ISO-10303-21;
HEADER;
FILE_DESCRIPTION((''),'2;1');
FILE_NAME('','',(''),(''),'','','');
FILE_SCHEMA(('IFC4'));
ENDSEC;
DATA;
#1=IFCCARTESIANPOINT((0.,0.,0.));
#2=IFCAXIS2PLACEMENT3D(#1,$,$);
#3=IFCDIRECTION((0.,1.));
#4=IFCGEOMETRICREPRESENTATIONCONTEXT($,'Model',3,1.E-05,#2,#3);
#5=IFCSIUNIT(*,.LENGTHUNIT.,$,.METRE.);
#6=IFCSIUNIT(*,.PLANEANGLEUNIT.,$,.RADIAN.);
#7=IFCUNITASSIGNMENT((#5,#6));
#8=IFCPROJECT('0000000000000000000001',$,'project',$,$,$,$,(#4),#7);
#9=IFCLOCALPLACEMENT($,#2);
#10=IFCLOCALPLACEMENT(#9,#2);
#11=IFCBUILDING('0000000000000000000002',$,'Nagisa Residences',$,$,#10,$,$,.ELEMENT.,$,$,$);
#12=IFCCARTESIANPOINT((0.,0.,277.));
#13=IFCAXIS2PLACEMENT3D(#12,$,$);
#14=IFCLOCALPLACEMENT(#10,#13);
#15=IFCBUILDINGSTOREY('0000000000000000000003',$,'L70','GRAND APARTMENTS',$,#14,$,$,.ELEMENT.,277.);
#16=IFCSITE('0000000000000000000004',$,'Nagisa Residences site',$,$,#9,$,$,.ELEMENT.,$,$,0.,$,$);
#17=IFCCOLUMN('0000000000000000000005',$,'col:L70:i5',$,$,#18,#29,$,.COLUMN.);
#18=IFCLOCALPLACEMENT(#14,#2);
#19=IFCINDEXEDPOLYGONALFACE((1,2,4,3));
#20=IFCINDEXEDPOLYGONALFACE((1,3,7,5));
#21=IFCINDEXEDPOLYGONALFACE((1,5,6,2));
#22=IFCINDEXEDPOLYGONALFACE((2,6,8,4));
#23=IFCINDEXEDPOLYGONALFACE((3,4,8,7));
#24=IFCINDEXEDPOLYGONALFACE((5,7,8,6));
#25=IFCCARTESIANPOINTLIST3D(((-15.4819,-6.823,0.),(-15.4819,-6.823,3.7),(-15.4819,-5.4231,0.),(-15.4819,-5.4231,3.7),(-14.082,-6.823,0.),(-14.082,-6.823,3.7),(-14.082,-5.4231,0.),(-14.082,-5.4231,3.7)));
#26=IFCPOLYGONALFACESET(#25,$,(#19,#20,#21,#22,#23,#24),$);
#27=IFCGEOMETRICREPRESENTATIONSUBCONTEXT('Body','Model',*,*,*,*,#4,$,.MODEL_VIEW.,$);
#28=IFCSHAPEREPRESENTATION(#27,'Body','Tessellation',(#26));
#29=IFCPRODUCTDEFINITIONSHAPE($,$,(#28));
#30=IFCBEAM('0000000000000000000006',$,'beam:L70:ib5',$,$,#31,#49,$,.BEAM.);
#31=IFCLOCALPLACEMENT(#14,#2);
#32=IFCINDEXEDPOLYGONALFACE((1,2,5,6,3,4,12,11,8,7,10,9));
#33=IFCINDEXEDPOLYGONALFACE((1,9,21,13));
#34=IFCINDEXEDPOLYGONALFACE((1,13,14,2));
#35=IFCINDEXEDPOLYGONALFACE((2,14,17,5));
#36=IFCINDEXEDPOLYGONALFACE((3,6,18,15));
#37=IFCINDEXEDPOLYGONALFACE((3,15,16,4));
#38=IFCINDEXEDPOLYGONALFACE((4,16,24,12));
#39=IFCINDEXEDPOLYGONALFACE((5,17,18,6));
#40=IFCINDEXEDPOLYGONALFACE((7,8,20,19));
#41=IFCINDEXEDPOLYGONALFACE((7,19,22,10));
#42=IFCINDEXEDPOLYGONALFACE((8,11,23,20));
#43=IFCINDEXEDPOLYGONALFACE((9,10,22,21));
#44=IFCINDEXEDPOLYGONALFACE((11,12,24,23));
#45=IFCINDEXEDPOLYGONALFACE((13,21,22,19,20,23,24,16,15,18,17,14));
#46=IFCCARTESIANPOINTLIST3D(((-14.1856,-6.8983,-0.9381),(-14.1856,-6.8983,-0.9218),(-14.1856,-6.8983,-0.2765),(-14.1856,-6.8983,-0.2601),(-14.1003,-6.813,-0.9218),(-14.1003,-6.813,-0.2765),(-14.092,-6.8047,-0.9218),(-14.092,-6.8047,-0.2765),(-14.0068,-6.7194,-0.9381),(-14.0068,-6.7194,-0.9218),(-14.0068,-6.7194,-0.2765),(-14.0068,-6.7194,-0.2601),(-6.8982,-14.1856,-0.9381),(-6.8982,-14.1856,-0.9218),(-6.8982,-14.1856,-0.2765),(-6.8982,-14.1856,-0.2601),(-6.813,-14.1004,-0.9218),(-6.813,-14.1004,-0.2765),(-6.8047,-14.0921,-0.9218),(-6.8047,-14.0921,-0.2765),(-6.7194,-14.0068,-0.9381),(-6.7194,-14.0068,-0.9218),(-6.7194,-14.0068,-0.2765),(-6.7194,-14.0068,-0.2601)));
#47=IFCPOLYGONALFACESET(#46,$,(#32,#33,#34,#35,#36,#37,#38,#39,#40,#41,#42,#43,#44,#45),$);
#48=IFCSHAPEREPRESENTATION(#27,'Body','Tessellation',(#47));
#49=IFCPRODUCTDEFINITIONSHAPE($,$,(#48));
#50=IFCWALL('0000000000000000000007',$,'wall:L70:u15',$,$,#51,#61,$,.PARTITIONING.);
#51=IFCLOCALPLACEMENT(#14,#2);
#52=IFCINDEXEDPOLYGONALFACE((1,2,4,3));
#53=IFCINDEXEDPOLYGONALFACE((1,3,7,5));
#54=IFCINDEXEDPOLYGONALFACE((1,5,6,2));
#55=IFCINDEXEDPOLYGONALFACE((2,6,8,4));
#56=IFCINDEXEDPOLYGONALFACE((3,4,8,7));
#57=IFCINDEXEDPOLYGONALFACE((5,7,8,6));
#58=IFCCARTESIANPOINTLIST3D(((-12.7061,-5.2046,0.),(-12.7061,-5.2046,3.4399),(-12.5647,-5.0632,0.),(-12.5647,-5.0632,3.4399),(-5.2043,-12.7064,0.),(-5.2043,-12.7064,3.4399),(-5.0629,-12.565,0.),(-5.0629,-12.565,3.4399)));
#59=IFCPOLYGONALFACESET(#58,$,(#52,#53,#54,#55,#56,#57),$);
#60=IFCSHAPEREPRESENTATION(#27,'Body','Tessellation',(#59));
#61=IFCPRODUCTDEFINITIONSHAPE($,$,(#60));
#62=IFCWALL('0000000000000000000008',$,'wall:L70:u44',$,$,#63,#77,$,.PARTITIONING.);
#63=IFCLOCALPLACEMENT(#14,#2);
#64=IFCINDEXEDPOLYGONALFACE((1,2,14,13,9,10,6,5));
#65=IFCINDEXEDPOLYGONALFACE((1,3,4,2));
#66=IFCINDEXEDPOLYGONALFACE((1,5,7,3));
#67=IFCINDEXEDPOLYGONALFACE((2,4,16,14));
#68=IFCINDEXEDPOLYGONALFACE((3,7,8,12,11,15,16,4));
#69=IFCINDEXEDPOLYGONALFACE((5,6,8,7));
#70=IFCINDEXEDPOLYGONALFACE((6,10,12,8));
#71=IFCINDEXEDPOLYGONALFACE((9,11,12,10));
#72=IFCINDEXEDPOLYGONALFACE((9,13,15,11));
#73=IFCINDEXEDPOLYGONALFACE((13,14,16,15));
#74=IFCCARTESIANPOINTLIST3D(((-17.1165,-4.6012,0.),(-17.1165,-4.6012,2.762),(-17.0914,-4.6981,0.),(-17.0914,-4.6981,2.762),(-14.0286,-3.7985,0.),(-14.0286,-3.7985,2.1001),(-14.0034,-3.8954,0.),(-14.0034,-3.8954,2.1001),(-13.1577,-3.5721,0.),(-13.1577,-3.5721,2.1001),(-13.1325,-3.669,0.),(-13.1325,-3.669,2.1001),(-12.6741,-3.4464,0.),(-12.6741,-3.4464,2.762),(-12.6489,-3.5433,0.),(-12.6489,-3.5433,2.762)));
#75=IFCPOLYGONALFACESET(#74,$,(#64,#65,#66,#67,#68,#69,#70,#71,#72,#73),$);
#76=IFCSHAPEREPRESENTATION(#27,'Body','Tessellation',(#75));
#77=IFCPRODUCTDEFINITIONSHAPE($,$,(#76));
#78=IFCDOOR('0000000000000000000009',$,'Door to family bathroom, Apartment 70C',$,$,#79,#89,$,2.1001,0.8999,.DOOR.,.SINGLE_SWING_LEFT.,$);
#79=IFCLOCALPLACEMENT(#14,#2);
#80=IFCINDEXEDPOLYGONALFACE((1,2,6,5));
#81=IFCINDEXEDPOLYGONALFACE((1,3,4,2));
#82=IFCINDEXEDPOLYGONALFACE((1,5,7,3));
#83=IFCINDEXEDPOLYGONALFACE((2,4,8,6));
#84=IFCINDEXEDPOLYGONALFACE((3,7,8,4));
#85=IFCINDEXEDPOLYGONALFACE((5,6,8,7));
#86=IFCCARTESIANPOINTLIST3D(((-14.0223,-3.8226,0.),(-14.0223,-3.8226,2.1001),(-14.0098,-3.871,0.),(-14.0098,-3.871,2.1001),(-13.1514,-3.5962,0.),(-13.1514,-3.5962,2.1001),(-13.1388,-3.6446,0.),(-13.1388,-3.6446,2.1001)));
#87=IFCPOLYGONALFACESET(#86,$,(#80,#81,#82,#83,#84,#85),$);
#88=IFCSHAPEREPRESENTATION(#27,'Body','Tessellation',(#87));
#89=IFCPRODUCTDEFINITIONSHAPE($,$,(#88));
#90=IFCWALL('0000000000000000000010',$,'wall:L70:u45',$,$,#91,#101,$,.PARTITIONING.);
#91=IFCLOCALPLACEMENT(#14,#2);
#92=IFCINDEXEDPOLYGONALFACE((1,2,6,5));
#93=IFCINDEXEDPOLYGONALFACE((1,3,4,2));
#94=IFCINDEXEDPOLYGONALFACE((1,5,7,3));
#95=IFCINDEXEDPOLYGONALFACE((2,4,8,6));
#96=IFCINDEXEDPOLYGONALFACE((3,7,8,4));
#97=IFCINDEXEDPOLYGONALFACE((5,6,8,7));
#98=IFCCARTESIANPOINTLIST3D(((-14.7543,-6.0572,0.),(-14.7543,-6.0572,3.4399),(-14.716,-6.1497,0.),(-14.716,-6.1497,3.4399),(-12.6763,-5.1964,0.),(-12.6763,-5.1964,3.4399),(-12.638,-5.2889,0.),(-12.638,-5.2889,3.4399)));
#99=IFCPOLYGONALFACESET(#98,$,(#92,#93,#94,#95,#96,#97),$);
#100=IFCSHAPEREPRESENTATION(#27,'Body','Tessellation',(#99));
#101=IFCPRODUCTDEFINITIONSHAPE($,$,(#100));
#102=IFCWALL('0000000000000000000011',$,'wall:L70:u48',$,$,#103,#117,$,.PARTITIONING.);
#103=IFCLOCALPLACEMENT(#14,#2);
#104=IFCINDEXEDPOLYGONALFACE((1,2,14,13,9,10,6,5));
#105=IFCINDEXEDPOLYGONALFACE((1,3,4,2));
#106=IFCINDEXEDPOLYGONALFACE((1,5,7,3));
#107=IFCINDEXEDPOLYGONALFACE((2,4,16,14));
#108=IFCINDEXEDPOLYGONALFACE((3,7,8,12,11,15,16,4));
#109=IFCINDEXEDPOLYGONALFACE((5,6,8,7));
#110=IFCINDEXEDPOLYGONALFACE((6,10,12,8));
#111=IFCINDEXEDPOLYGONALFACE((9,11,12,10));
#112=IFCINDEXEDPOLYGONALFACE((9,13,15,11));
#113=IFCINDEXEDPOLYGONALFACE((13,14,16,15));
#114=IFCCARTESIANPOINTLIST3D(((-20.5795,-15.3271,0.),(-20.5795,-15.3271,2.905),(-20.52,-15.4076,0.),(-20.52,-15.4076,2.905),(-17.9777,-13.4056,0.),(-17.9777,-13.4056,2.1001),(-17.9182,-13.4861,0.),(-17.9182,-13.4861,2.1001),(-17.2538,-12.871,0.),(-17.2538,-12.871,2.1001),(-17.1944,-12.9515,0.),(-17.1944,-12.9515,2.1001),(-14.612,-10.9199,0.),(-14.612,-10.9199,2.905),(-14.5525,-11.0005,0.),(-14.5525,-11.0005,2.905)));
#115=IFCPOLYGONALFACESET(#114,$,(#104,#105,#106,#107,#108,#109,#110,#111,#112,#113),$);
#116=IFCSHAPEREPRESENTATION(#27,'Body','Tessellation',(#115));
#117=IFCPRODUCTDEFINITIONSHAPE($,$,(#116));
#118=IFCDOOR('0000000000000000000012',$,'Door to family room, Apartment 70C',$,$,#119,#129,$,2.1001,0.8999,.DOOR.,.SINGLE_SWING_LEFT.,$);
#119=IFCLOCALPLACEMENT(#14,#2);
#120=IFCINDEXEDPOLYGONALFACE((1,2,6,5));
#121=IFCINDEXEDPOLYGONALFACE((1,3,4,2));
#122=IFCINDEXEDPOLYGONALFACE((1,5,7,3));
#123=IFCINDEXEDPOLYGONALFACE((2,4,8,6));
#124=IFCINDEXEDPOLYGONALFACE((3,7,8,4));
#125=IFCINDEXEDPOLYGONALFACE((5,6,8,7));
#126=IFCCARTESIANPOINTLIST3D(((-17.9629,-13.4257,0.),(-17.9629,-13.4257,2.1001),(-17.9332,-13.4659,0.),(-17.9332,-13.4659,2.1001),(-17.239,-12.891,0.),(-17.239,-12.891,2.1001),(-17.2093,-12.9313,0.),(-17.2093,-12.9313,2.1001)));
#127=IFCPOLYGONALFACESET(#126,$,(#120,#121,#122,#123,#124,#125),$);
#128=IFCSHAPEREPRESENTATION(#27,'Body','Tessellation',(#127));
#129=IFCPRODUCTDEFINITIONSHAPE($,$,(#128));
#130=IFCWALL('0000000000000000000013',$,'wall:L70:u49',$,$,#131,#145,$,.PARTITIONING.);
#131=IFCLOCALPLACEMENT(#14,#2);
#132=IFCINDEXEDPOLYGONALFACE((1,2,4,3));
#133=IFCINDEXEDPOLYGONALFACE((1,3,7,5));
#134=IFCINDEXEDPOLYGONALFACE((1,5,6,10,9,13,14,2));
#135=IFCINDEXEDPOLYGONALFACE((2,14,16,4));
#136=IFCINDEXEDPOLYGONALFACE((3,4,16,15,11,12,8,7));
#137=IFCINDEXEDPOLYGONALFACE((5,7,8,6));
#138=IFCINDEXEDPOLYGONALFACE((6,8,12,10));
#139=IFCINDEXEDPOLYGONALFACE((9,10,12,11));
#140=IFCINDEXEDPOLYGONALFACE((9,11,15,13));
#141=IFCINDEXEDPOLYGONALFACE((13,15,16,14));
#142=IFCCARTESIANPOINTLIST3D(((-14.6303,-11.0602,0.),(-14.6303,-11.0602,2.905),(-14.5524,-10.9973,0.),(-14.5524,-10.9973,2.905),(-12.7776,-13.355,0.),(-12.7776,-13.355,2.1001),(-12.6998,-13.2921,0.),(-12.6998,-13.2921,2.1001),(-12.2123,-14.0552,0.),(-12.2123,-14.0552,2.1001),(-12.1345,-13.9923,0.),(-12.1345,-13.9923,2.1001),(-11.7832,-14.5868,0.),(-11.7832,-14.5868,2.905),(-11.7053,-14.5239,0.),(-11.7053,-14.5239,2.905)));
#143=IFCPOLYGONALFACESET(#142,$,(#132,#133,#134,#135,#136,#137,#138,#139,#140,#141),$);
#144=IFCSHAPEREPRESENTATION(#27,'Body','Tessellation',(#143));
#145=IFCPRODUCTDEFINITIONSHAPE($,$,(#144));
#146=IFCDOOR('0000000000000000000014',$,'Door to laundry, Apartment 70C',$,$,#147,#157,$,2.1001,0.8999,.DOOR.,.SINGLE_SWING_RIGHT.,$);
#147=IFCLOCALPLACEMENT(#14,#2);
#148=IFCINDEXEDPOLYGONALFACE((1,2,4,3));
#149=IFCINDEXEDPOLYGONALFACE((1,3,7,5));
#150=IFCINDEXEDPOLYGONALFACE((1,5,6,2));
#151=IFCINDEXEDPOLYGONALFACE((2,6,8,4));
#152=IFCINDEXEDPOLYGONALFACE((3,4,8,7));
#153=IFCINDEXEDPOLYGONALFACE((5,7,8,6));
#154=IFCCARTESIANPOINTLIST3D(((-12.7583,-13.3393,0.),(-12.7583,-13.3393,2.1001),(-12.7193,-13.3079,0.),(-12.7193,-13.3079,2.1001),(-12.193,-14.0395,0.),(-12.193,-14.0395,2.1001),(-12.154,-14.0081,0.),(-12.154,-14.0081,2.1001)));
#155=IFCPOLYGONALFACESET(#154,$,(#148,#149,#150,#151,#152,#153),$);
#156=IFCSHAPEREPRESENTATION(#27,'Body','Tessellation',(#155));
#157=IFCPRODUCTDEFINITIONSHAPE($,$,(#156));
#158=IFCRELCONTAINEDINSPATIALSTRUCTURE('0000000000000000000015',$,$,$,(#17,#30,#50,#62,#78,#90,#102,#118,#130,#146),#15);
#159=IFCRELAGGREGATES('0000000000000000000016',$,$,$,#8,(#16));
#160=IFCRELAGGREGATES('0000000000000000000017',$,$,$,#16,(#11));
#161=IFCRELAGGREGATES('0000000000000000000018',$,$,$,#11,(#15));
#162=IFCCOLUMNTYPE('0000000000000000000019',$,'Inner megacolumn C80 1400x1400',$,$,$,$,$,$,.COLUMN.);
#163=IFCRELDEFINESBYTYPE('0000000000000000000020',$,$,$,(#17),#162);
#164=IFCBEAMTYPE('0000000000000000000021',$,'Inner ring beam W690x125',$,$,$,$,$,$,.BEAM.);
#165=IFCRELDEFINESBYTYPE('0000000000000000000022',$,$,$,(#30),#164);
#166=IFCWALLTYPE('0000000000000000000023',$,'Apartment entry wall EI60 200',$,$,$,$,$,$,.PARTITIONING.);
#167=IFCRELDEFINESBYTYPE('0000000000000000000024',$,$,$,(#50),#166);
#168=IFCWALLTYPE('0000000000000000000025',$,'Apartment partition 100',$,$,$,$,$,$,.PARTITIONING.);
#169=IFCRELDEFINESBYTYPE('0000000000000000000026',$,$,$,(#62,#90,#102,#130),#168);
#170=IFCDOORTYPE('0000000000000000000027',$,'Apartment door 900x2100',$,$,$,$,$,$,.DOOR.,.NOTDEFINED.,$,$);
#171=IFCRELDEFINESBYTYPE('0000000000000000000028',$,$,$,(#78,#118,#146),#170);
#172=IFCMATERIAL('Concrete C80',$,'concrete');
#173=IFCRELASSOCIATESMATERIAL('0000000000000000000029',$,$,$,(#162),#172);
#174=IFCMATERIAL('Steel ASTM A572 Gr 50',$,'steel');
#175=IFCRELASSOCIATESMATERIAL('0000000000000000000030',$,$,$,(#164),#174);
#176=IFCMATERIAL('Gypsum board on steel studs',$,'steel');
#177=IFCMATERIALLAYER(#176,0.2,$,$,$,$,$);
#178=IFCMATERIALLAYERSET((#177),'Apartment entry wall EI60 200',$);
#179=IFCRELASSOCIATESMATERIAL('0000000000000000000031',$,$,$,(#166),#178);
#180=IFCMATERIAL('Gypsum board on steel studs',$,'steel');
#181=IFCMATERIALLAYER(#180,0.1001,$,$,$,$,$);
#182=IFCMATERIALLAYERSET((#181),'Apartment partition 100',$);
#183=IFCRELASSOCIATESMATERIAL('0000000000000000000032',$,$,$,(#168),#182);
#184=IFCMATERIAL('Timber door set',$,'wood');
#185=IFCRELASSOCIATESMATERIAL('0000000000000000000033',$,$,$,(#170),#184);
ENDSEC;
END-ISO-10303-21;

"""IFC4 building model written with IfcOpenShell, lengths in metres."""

from ifc_helpers import new_model, si_unit, direction, frame, frame_2d, origin, origin_2d, place, context, subcontext, project, spatial, rectangle, i_section, extrude, material, layer, layer_set, material_profile, profile_set, type_object, element, fill, save


model = new_model("IFC4")

# Units and contexts
model_context = context("Model", 3, precision=1e-05, world=origin(), true_north=direction((0.0, 1.0)))
body_context = subcontext(model_context, "Body", "Model", "MODEL_VIEW")
ifc_project = project(units=[si_unit("LENGTHUNIT", "METRE"), si_unit("PLANEANGLEUNIT", "RADIAN")], contexts=[model_context])

# Site, building, storey
site_placement = place(None, origin())
site = spatial("IfcSite", under=ifc_project, at=site_placement, Name="Nagisa Residences site", CompositionType="ELEMENT", RefElevation=0.0)
building_placement = place(site_placement, origin())
building = spatial("IfcBuilding", under=site, at=building_placement, Name="Nagisa Residences", CompositionType="ELEMENT")
storey_placement = place(building_placement, frame((0.0, 0.0, 277.0)))
storey = spatial("IfcBuildingStorey", under=building, at=storey_placement, Name="L70", Description="GRAND APARTMENTS", CompositionType="ELEMENT", Elevation=277.0)

# Column
ifc_material_1 = material(Name="Concrete C80", Category="concrete")
ifc_material_profile_1 = material_profile(ifc_material_1, rectangle(XDim=1.3999, YDim=1.3999, at=origin_2d()), Name="C80 1400x1400")
ifc_profile_set_1 = profile_set([ifc_material_profile_1], Name="Concrete C80")
column_type = type_object("IfcColumnType", Name="Inner megacolumn C80 1400x1400", PredefinedType="COLUMN", material=ifc_profile_set_1)
column_placement = place(storey_placement, frame((-14.782, -6.123, 0.0), z_axis=(0.0, 0.0, 1.0), x_axis=(1.0, 0.0, 0.0)))
element("IfcColumn", 1, at=column_placement, inside=storey, type_object=column_type, Name="col:L70:i5", PredefinedType="COLUMN", context=body_context, shape_type="SweptSolid", body=[
    extrude(rectangle(XDim=1.3999, YDim=1.3999, at=origin_2d()), origin(), (0.0, 0.0, 1.0), 3.7),
])

# Beam
ifc_material_2 = material(Name="Steel ASTM A572 Gr 50", Category="steel")
ifc_material_profile_2 = material_profile(ifc_material_2, i_section(OverallWidth=0.2529, OverallDepth=0.678, WebThickness=0.0117, FlangeThickness=0.0164, at=origin_2d()), Name="W690x125")
ifc_profile_set_2 = profile_set([ifc_material_profile_2], Name="Steel ASTM A572 Gr 50")
beam_type = type_object("IfcBeamType", Name="Inner ring beam W690x125", PredefinedType="BEAM", material=ifc_profile_set_2)
beam_placement = place(storey_placement, frame((-14.0962, -6.8088, -0.5991), z_axis=(0.707107, -0.707107, 0.0), x_axis=(0.707107, 0.707107, 0.0)))
element("IfcBeam", 2, at=beam_placement, inside=storey, type_object=beam_type, Name="beam:L70:ib5", PredefinedType="BEAM", context=body_context, shape_type="SweptSolid", body=[
    extrude(i_section(OverallWidth=0.2529, OverallDepth=0.678, WebThickness=0.0117, FlangeThickness=0.0164, at=origin_2d()), origin(), (0.0, 0.0, 1.0), 10.3059),
])

# Wall
ifc_material_3 = material(Name="Gypsum board on steel studs", Category="steel")
ifc_layer_1 = layer(ifc_material_3, 0.2)
ifc_layer_set_1 = layer_set([ifc_layer_1], Name="Apartment entry wall EI60 200")
wall_type_1 = type_object("IfcWallType", Name="Apartment entry wall EI60 200", PredefinedType="PARTITIONING", material=ifc_layer_set_1)
wall_1_placement = place(storey_placement, frame((-12.6355, -5.1338, 0.0), z_axis=(0.0, 0.0, 1.0), x_axis=(0.707107, -0.707107, 0.0)))
element("IfcWall", 3, at=wall_1_placement, inside=storey, type_object=wall_type_1, Name="wall:L70:u15", PredefinedType="PARTITIONING", context=body_context, shape_type="SweptSolid", body=[
    extrude(rectangle(XDim=10.6091, YDim=0.2, at=frame_2d((5.3047, 0.0))), origin(), (0.0, 0.0, 1.0), 3.4399),
])

# Wall, opening, door
ifc_material_4 = material(Name="Gypsum board on steel studs", Category="steel")
ifc_layer_2 = layer(ifc_material_4, 0.1001)
ifc_layer_set_2 = layer_set([ifc_layer_2], Name="Apartment partition 100")
wall_type_2 = type_object("IfcWallType", Name="Apartment partition 100", PredefinedType="PARTITIONING", material=ifc_layer_set_2)
wall_2_placement = place(storey_placement, frame((-12.6616, -3.4949, 0.0), z_axis=(0.0, 0.0, 1.0), x_axis=(-0.967835, -0.251586, 0.0)))
wall_2 = element("IfcWall", 4, at=wall_2_placement, inside=storey, type_object=wall_type_2, Name="wall:L70:u44", PredefinedType="PARTITIONING", context=body_context, shape_type="SweptSolid", body=[
    extrude(rectangle(XDim=4.5901, YDim=0.1001, at=frame_2d((2.2949, 0.0))), origin(), (0.0, 0.0, 1.0), 2.762),
])
opening_1_placement = place(wall_2_placement, frame((0.4995, 0.0, 0.0)))
opening_1 = element("IfcOpeningElement", 5, at=opening_1_placement, cuts=wall_2, PredefinedType="OPENING", context=body_context, shape_type="SweptSolid", body=[
    extrude(rectangle(XDim=0.8999, YDim=2.1001, at=frame_2d((0.45, 1.05))), frame((0.0, 0.0601, 0.0), z_axis=(0.0, -1.0, 0.0), x_axis=(1.0, 0.0, 0.0)), (0.0, 0.0, 1.0), 0.1201),
])
ifc_material_5 = material(Name="Timber door set", Category="wood")
door_type_1 = type_object("IfcDoorType", Name="Apartment door 900x2100", OperationType="NOTDEFINED", PredefinedType="DOOR", material=ifc_material_5)
door_1_placement = place(opening_1_placement, origin())
door_1 = element("IfcDoor", 6, at=door_1_placement, inside=storey, type_object=door_type_1, Name="Door to family bathroom, Apartment 70C", OperationType="SINGLE_SWING_LEFT", OverallHeight=2.1001, OverallWidth=0.8999, PredefinedType="DOOR", context=body_context, shape_type="SweptSolid", body=[
    extrude(rectangle(XDim=0.8999, YDim=2.1001, at=frame_2d((0.45, 1.05))), frame((0.0, 0.0249, 0.0), z_axis=(0.0, -1.0, 0.0), x_axis=(1.0, 0.0, 0.0)), (0.0, 0.0, 1.0), 0.05),
])
fill(opening_1, door_1)

# Wall
wall_3_placement = place(storey_placement, frame((-12.6572, -5.2427, 0.0), z_axis=(0.0, 0.0, 1.0), x_axis=(-0.923871, -0.382703, 0.0)))
element("IfcWall", 7, at=wall_3_placement, inside=storey, type_object=wall_type_2, Name="wall:L70:u45", PredefinedType="PARTITIONING", context=body_context, shape_type="SweptSolid", body=[
    extrude(rectangle(XDim=2.2493, YDim=0.1001, at=frame_2d((1.1245, 0.0))), origin(), (0.0, 0.0, 1.0), 3.4399),
])

# Walls, openings, doors
wall_4_placement = place(storey_placement, frame((-14.5823, -10.9602, 0.0), z_axis=(0.0, 0.0, 1.0), x_axis=(-0.804405, -0.594081, 0.0)))
wall_4 = element("IfcWall", 8, at=wall_4_placement, inside=storey, type_object=wall_type_2, Name="wall:L70:u48", PredefinedType="PARTITIONING", context=body_context, shape_type="SweptSolid", body=[
    extrude(rectangle(XDim=7.4185, YDim=0.1001, at=frame_2d((3.7092, 0.0))), origin(), (0.0, 0.0, 1.0), 2.905),
])
opening_2_placement = place(wall_4_placement, frame((3.2842, 0.0, 0.0)))
opening_2 = element("IfcOpeningElement", 9, at=opening_2_placement, cuts=wall_4, PredefinedType="OPENING", context=body_context, shape_type="SweptSolid", body=[
    extrude(rectangle(XDim=0.8999, YDim=2.1001, at=frame_2d((0.45, 1.05))), frame((0.0, 0.0601, 0.0), z_axis=(0.0, -1.0, 0.0), x_axis=(1.0, 0.0, 0.0)), (0.0, 0.0, 1.0), 0.1201),
])
door_2_placement = place(opening_2_placement, origin())
door_2 = element("IfcDoor", 10, at=door_2_placement, inside=storey, type_object=door_type_1, Name="Door to family room, Apartment 70C", OperationType="SINGLE_SWING_LEFT", OverallHeight=2.1001, OverallWidth=0.8999, PredefinedType="DOOR", context=body_context, shape_type="SweptSolid", body=[
    extrude(rectangle(XDim=0.8999, YDim=2.1001, at=frame_2d((0.45, 1.05))), frame((0.0, 0.0249, 0.0), z_axis=(0.0, -1.0, 0.0), x_axis=(1.0, 0.0, 0.0)), (0.0, 0.0, 1.0), 0.05),
])
fill(opening_2, door_2)
wall_5_placement = place(storey_placement, frame((-14.5913, -11.0288, 0.0), z_axis=(0.0, 0.0, 1.0), x_axis=(0.62817, -0.778076, 0.0)))
wall_5 = element("IfcWall", 11, at=wall_5_placement, inside=storey, type_object=wall_type_2, Name="wall:L70:u49", PredefinedType="PARTITIONING", context=body_context, shape_type="SweptSolid", body=[
    extrude(rectangle(XDim=4.5325, YDim=0.1001, at=frame_2d((2.2661, 0.0))), origin(), (0.0, 0.0, 1.0), 2.905),
])
opening_3_placement = place(wall_5_placement, frame((2.9492, 0.0, 0.0)))
opening_3 = element("IfcOpeningElement", 12, at=opening_3_placement, cuts=wall_5, PredefinedType="OPENING", context=body_context, shape_type="SweptSolid", body=[
    extrude(rectangle(XDim=0.8999, YDim=2.1001, at=frame_2d((0.45, 1.05))), frame((0.0, 0.0601, 0.0), z_axis=(0.0, -1.0, 0.0), x_axis=(1.0, 0.0, 0.0)), (0.0, 0.0, 1.0), 0.1201),
])
door_3_placement = place(opening_3_placement, origin())
door_3 = element("IfcDoor", 13, at=door_3_placement, inside=storey, type_object=door_type_1, Name="Door to laundry, Apartment 70C", OperationType="SINGLE_SWING_RIGHT", OverallHeight=2.1001, OverallWidth=0.8999, PredefinedType="DOOR", context=body_context, shape_type="SweptSolid", body=[
    extrude(rectangle(XDim=0.8999, YDim=2.1001, at=frame_2d((0.45, 1.05))), frame((0.0, 0.0249, 0.0), z_axis=(0.0, -1.0, 0.0), x_axis=(1.0, 0.0, 0.0)), (0.0, 0.0, 1.0), 0.05),
])
fill(opening_3, door_3)

save(model, "model.ifc")
